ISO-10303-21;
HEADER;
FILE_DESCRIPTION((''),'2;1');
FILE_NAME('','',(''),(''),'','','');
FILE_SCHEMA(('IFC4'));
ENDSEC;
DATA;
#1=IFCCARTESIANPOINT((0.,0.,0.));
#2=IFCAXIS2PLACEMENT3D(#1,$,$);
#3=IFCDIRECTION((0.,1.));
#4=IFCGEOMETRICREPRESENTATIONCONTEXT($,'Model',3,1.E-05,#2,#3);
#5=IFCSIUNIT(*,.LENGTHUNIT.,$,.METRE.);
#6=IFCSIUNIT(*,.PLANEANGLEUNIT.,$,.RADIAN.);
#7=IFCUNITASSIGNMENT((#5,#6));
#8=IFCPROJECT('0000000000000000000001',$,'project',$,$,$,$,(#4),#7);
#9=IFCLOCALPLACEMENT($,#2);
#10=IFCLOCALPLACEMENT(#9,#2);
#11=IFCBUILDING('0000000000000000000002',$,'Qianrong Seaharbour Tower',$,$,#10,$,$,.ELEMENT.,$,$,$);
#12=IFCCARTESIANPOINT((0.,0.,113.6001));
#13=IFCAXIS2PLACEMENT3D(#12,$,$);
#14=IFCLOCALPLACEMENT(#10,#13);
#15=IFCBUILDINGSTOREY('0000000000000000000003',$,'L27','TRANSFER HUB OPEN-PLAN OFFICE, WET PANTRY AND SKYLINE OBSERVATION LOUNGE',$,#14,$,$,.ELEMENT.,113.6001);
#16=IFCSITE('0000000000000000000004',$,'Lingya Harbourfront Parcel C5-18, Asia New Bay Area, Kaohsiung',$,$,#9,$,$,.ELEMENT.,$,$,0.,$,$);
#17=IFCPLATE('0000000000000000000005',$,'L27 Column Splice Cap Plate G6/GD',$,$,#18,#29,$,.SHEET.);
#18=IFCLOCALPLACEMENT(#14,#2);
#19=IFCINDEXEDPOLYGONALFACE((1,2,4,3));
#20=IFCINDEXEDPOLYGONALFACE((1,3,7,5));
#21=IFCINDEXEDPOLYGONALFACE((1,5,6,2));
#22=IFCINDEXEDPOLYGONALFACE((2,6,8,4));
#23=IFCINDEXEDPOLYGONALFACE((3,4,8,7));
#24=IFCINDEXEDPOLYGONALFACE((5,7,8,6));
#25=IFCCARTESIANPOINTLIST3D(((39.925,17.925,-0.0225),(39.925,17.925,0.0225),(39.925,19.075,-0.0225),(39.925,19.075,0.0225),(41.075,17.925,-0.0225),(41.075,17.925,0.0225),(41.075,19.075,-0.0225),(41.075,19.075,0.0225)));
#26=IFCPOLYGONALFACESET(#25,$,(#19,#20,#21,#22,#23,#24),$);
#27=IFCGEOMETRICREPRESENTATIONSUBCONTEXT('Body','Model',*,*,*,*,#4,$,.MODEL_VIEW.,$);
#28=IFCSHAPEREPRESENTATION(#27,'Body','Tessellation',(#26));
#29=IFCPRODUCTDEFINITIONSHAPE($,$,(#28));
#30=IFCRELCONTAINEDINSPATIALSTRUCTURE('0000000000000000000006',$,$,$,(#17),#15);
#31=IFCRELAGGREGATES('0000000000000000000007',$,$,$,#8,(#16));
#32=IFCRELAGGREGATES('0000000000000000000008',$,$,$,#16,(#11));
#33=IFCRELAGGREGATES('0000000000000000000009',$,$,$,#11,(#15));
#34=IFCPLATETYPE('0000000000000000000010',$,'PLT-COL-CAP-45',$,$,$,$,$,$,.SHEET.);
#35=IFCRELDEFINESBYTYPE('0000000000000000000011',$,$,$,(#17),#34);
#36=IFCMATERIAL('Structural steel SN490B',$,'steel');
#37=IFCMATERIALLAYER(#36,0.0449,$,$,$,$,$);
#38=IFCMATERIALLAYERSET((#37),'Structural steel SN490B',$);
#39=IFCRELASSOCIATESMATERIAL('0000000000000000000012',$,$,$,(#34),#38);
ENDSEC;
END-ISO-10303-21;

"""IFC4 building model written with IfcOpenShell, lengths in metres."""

from ifc_helpers import new_model, si_unit, direction, frame, origin, origin_2d, place, context, subcontext, project, spatial, rectangle, extrude, material, layer, layer_set, type_object, element, save


model = new_model("IFC4")

# Units and contexts
model_context = context("Model", 3, precision=1e-05, world=origin(), true_north=direction((0.0, 1.0)))
body_context = subcontext(model_context, "Body", "Model", "MODEL_VIEW")
ifc_project = project(units=[si_unit("LENGTHUNIT", "METRE"), si_unit("PLANEANGLEUNIT", "RADIAN")], contexts=[model_context])

# Site, building, storey
site_placement = place(None, origin())
site = spatial("IfcSite", under=ifc_project, at=site_placement, Name="Lingya Harbourfront Parcel C5-18, Asia New Bay Area, Kaohsiung", CompositionType="ELEMENT", RefElevation=0.0)
building_placement = place(site_placement, origin())
building = spatial("IfcBuilding", under=site, at=building_placement, Name="Qianrong Seaharbour Tower", CompositionType="ELEMENT")
storey_placement = place(building_placement, frame((0.0, 0.0, 113.6001)))
storey = spatial("IfcBuildingStorey", under=building, at=storey_placement, Name="L27", Description="TRANSFER HUB OPEN-PLAN OFFICE, WET PANTRY AND SKYLINE OBSERVATION LOUNGE", CompositionType="ELEMENT", Elevation=113.6001)

# Shared definitions
ifc_material_1 = material(Name="Structural steel SN490B", Category="steel")

# Plate
ifc_layer_1 = layer(ifc_material_1, 0.0449)
ifc_layer_set_1 = layer_set([ifc_layer_1], Name="Structural steel SN490B")
plate_type_1 = type_object("IfcPlateType", Name="PLT-COL-CAP-45", PredefinedType="SHEET", material=ifc_layer_set_1)
plate_1_placement = place(storey_placement, frame((40.5, 18.5, -0.0225), z_axis=(0.0, 0.0, 1.0), x_axis=(1.0, 0.0, 0.0)))
element("IfcPlate", 1, at=plate_1_placement, inside=storey, type_object=plate_type_1, Name="L27 Column Splice Cap Plate G6/GD", PredefinedType="SHEET", context=body_context, shape_type="SweptSolid", body=[
    extrude(rectangle(XDim=1.1499, YDim=1.1499, at=origin_2d()), origin(), (0.0, 0.0, 1.0), 0.0449),
])

save(model, "model.ifc")
